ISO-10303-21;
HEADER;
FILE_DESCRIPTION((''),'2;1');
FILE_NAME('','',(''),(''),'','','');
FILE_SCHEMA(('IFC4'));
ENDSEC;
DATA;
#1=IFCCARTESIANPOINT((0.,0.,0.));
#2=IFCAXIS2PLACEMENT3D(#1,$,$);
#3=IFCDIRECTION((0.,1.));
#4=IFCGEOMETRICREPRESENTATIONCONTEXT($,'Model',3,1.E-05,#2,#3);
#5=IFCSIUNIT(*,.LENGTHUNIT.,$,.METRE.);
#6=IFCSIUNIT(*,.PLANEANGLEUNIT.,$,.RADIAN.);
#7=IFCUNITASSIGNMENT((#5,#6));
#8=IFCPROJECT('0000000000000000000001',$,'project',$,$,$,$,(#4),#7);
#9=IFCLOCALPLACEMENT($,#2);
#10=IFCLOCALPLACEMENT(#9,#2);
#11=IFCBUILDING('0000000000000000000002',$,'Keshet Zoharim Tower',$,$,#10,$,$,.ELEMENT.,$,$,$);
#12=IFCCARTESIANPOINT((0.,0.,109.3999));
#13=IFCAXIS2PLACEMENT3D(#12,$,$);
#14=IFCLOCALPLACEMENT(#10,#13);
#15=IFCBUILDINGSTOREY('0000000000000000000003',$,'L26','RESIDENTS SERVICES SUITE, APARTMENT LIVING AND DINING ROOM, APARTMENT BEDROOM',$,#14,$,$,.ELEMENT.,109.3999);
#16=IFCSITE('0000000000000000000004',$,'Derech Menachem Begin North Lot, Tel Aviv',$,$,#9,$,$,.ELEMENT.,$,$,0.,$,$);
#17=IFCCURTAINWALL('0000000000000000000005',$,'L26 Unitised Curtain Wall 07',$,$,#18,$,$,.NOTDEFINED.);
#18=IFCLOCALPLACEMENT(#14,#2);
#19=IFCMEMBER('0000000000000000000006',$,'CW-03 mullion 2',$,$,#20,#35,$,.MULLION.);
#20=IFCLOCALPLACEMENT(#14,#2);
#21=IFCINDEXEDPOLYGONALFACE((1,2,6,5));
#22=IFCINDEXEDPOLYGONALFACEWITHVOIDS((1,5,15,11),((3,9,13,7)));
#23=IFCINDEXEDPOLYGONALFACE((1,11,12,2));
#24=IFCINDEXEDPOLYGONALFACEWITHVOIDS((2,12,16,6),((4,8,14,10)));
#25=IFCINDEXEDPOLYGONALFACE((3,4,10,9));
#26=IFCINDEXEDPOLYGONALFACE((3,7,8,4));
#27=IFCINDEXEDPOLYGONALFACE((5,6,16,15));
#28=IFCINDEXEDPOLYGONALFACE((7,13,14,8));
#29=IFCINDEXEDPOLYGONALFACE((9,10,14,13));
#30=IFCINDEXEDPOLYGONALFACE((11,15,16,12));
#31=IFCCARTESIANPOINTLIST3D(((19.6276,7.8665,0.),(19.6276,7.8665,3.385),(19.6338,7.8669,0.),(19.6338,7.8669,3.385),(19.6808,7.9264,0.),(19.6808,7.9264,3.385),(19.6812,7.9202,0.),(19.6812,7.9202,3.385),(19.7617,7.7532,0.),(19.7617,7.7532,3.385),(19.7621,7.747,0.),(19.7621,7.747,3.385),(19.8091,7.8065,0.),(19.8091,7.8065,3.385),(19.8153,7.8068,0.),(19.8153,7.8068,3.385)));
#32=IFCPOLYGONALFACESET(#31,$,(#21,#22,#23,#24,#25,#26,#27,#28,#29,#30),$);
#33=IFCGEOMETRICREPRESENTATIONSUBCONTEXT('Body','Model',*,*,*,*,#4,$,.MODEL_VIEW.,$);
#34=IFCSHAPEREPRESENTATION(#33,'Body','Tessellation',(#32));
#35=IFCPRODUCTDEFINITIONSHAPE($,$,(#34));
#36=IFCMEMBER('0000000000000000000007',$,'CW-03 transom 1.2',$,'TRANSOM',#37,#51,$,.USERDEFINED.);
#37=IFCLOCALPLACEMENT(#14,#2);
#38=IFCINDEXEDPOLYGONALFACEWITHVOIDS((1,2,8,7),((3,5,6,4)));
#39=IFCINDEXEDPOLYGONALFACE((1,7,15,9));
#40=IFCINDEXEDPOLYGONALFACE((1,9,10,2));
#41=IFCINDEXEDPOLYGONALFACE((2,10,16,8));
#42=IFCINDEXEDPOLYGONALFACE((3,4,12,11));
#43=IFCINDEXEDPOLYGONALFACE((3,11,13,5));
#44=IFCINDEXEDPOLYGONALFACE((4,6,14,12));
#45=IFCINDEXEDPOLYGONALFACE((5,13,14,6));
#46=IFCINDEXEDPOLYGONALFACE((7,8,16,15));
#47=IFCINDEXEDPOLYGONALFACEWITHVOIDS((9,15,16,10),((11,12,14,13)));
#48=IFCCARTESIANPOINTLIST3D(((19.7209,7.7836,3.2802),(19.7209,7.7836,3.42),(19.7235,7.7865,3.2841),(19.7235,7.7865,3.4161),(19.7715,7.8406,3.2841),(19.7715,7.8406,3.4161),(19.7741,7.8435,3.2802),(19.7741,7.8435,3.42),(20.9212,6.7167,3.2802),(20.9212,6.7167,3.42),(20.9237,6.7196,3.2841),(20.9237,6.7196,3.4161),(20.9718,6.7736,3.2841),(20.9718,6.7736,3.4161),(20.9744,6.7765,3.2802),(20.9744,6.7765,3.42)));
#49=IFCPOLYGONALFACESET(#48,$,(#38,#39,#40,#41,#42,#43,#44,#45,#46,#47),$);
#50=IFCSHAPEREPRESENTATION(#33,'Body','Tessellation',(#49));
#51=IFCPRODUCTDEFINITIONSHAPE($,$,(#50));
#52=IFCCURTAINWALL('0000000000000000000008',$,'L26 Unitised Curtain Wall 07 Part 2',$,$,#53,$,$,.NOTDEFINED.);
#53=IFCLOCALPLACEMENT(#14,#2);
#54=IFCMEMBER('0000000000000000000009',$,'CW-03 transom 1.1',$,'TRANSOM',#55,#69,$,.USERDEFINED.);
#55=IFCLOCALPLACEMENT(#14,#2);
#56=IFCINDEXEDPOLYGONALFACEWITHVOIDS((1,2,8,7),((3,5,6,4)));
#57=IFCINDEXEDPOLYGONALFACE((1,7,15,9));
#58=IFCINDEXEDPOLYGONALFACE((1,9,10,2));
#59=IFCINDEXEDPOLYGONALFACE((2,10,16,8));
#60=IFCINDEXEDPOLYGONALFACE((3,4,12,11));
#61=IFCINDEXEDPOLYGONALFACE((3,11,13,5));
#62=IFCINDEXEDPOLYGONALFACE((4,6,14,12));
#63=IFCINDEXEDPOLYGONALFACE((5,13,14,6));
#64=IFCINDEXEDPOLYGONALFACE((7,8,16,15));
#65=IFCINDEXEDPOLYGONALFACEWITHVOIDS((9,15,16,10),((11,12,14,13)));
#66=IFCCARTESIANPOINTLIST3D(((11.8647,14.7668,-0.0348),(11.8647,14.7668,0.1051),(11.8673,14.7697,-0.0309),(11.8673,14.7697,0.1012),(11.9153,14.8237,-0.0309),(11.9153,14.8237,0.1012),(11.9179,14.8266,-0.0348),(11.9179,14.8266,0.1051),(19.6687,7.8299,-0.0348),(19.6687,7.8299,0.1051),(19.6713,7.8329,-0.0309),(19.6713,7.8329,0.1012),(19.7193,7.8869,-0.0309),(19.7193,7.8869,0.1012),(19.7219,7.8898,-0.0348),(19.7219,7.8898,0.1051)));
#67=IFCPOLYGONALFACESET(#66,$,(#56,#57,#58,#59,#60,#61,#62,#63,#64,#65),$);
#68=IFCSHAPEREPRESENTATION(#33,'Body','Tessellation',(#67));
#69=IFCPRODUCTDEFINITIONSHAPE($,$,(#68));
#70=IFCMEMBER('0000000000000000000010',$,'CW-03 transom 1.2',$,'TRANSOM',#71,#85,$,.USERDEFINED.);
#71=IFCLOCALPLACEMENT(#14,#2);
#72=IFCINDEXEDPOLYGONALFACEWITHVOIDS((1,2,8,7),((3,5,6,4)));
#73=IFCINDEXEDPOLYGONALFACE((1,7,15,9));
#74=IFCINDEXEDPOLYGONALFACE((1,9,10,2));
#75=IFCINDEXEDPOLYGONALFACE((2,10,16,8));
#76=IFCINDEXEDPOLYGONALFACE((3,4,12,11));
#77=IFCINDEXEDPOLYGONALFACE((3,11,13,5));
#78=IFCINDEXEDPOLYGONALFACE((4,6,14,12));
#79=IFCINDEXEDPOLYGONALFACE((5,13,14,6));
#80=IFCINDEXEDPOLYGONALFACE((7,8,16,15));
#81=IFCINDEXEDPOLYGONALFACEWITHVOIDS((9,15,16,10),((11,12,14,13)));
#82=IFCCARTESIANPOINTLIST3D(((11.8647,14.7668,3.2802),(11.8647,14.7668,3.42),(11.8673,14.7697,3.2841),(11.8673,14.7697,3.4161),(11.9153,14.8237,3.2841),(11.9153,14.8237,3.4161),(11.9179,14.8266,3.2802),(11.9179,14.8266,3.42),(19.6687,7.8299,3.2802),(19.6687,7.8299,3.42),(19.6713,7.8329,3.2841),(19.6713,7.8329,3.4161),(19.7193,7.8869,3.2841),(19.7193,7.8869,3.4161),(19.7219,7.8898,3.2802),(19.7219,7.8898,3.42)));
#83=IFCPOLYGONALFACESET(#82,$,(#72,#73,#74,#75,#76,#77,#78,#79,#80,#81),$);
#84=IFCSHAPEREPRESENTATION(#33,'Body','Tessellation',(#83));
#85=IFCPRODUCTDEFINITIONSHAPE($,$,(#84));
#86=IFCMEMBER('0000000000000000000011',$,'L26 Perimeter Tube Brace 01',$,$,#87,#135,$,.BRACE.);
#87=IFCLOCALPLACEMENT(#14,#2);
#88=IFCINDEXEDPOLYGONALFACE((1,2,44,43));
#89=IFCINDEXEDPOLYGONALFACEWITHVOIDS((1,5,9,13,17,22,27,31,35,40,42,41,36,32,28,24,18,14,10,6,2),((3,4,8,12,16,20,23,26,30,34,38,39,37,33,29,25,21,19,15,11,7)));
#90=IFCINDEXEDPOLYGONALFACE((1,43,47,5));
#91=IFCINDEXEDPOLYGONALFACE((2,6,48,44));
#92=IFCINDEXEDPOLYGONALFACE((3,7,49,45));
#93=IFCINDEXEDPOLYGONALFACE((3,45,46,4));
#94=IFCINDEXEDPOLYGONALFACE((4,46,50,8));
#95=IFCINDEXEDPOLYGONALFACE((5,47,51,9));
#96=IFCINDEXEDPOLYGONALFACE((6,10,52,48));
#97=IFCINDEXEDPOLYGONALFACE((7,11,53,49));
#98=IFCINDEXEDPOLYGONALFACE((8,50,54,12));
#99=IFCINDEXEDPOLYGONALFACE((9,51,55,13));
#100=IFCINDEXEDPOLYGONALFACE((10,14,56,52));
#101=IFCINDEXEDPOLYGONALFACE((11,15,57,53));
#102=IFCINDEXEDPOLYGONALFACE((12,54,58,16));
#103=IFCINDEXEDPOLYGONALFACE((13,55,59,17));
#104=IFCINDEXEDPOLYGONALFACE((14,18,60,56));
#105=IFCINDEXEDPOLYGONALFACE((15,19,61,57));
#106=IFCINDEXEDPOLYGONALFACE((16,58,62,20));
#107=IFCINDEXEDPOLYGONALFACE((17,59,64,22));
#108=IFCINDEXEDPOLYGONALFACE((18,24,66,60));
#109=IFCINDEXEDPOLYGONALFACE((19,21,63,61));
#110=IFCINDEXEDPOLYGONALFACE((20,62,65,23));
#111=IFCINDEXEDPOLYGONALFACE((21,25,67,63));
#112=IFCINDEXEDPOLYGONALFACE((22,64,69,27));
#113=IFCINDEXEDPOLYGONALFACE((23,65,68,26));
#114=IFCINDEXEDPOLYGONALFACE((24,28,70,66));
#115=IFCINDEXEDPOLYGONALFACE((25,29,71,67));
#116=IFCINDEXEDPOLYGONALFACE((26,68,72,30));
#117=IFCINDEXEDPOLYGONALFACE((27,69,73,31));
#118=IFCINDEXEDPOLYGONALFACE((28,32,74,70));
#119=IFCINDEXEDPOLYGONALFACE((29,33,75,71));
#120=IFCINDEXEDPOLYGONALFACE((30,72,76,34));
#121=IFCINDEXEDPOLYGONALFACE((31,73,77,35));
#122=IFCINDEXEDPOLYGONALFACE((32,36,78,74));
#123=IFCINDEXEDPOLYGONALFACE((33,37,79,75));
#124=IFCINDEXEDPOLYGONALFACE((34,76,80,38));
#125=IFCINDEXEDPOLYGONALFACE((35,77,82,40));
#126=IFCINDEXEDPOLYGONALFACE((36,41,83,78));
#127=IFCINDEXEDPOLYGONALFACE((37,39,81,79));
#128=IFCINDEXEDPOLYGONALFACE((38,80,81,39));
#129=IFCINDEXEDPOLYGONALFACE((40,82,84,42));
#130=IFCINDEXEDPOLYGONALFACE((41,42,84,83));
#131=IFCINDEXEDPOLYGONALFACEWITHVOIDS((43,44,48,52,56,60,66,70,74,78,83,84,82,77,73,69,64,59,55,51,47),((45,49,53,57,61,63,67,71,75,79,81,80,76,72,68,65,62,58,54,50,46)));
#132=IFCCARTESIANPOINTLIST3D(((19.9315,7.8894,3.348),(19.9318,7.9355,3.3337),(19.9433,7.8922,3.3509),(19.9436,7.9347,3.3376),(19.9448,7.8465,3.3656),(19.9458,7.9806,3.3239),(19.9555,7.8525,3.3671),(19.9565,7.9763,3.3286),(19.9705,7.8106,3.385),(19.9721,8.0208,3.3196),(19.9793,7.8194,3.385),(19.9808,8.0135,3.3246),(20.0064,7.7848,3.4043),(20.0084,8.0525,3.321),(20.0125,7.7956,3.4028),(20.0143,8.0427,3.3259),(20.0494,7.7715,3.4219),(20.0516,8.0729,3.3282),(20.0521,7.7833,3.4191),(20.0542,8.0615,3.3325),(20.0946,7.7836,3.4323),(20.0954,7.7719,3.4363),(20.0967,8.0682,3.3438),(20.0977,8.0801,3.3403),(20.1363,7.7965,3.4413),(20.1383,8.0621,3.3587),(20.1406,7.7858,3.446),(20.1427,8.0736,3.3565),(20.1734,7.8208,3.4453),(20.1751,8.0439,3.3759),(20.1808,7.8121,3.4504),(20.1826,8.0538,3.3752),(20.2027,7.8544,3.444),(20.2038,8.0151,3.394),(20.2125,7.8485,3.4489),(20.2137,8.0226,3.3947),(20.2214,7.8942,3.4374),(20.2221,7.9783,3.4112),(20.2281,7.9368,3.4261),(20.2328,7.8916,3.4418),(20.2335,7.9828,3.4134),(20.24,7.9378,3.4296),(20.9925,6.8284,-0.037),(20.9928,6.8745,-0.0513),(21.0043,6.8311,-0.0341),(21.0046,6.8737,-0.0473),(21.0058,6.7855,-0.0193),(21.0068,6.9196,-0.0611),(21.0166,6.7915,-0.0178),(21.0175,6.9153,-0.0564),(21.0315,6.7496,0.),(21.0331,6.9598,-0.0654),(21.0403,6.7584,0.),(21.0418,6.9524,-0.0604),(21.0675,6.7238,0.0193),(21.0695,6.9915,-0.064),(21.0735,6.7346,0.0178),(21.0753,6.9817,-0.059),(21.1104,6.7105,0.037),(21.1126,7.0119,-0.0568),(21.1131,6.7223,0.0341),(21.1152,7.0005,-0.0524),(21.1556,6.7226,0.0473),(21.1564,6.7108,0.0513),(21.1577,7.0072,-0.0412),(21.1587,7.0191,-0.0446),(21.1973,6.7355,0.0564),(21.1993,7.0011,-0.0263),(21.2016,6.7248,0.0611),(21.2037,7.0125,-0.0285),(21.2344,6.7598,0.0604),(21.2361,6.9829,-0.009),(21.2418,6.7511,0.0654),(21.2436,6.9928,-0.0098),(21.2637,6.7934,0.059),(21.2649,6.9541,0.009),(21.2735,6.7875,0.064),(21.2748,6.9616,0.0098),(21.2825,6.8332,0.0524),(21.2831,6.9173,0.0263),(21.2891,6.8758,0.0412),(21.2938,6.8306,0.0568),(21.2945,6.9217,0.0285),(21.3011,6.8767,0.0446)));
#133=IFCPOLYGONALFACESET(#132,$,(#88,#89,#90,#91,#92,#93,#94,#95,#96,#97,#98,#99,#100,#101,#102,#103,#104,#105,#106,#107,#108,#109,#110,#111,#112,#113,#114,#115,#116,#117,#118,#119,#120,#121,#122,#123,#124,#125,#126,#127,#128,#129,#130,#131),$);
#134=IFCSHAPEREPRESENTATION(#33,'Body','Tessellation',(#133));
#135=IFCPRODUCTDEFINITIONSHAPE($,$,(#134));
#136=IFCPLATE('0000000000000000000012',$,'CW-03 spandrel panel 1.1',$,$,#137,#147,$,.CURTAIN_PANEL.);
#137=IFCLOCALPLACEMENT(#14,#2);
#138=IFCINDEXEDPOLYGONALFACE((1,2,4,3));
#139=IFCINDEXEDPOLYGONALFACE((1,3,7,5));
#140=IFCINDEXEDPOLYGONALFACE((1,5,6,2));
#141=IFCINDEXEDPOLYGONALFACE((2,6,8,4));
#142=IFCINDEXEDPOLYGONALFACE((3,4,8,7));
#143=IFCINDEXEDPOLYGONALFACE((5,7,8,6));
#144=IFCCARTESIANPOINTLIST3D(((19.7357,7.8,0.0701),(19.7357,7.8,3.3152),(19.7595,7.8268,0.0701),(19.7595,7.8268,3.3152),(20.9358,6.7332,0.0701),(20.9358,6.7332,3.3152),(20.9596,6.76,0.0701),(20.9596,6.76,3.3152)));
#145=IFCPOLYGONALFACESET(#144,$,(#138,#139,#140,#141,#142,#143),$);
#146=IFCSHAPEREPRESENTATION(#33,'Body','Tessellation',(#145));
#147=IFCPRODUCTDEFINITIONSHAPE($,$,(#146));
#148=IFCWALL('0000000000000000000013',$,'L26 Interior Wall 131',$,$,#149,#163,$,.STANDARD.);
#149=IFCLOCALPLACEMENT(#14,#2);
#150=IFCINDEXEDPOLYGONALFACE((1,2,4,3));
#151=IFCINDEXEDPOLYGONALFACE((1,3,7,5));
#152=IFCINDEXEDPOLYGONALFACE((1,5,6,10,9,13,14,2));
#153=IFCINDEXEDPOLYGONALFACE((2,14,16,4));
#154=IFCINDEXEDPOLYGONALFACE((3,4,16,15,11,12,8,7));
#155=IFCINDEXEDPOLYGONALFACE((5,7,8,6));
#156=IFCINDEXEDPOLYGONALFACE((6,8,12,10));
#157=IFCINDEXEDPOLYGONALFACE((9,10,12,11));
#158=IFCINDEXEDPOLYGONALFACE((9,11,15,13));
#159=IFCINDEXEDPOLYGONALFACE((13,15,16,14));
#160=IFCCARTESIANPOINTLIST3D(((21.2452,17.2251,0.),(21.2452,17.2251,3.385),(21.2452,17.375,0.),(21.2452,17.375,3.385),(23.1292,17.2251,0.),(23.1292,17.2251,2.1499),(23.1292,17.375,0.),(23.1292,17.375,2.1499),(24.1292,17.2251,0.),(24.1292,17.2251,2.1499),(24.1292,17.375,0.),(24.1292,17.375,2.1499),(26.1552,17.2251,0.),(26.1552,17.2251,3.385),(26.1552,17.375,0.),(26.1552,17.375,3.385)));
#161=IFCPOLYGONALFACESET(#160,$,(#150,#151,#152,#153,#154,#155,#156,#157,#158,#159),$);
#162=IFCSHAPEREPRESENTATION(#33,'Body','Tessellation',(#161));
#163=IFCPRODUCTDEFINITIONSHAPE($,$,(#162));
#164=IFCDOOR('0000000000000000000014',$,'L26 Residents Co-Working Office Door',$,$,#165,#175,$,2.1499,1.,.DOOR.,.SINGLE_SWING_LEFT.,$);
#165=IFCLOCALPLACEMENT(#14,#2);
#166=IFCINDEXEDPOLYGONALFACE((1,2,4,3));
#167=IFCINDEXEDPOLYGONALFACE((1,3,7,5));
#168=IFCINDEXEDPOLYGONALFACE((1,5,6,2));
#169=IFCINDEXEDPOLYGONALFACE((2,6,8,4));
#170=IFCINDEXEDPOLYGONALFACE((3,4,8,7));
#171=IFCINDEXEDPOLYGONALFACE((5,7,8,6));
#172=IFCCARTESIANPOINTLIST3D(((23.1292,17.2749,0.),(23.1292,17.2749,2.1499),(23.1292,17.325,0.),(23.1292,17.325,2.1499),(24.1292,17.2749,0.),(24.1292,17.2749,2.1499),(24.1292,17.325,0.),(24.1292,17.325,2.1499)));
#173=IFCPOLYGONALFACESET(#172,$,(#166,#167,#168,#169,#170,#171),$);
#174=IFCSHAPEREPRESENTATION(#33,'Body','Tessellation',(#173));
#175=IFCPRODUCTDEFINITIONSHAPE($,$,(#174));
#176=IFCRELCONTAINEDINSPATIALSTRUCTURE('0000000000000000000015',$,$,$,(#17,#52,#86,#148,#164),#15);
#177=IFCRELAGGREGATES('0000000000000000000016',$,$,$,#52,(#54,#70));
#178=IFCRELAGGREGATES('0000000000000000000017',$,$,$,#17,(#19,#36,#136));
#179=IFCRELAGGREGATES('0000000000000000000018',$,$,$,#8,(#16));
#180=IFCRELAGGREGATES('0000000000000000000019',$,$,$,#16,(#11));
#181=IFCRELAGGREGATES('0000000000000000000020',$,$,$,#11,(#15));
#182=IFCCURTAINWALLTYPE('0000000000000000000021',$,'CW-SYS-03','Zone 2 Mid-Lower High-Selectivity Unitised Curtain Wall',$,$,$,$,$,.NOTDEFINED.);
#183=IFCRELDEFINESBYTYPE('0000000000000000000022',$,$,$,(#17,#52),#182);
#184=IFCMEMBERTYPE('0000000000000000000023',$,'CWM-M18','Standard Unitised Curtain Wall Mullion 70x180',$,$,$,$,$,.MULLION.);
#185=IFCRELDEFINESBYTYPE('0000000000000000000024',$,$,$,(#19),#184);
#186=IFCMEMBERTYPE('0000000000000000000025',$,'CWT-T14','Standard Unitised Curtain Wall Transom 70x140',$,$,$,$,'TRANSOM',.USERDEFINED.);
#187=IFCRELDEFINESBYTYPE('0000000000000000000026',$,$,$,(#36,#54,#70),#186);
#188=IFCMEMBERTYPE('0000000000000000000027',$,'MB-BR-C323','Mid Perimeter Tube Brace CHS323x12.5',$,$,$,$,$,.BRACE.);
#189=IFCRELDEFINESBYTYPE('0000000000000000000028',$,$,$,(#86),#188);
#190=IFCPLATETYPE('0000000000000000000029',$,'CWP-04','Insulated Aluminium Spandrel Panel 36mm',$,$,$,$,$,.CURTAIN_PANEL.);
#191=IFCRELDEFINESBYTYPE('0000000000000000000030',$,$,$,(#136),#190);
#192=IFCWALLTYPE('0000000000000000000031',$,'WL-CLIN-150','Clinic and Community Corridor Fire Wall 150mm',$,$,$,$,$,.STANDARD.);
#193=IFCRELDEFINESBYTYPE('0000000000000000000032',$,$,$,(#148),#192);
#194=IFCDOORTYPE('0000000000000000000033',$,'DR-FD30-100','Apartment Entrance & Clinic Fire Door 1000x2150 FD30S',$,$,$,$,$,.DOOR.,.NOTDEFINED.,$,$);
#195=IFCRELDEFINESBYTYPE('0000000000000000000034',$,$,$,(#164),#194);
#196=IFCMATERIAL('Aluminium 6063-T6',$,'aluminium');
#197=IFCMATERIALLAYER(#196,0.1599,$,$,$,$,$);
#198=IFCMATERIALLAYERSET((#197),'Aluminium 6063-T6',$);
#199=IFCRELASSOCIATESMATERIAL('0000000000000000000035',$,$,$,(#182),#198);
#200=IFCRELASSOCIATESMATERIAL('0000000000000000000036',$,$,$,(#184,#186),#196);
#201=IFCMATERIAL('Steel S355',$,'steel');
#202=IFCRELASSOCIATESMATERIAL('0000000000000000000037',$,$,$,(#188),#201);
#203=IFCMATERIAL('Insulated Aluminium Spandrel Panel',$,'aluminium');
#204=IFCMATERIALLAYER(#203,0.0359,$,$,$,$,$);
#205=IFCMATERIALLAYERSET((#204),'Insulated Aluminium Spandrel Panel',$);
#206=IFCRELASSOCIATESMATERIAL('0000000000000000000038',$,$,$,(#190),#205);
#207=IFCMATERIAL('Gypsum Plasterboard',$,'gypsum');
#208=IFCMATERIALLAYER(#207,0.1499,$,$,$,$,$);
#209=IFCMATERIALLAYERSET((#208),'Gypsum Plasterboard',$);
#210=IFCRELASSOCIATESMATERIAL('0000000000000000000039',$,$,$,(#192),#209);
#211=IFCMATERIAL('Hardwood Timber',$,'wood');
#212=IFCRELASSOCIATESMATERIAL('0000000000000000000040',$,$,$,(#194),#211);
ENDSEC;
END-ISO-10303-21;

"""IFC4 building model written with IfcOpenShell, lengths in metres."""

from ifc_helpers import new_model, si_unit, direction, frame, frame_2d, origin, origin_2d, place, context, subcontext, project, spatial, rectangle, hollow_rectangle, hollow_circle, extrude, material, layer, layer_set, material_profile, profile_set, type_object, element, fill, aggregate, save


model = new_model("IFC4")

# Units and contexts
model_context = context("Model", 3, precision=1e-05, world=origin(), true_north=direction((0.0, 1.0)))
body_context = subcontext(model_context, "Body", "Model", "MODEL_VIEW")
ifc_project = project(units=[si_unit("LENGTHUNIT", "METRE"), si_unit("PLANEANGLEUNIT", "RADIAN")], contexts=[model_context])

# Site, building, storey
site_placement = place(None, origin())
site = spatial("IfcSite", under=ifc_project, at=site_placement, Name="Derech Menachem Begin North Lot, Tel Aviv", CompositionType="ELEMENT", RefElevation=0.0)
building_placement = place(site_placement, origin())
building = spatial("IfcBuilding", under=site, at=building_placement, Name="Keshet Zoharim Tower", CompositionType="ELEMENT")
storey_placement = place(building_placement, frame((0.0, 0.0, 109.3999)))
storey = spatial("IfcBuildingStorey", under=building, at=storey_placement, Name="L26", Description="RESIDENTS SERVICES SUITE, APARTMENT LIVING AND DINING ROOM, APARTMENT BEDROOM", CompositionType="ELEMENT", Elevation=109.3999)

# Curtain walls, members
ifc_material_1 = material(Name="Aluminium 6063-T6", Category="aluminium")
ifc_layer_1 = layer(ifc_material_1, 0.1599)
ifc_layer_set_1 = layer_set([ifc_layer_1], Name="Aluminium 6063-T6")
curtain_wall_type = type_object("IfcCurtainWallType", Name="CW-SYS-03", Description="Zone 2 Mid-Lower High-Selectivity Unitised Curtain Wall", PredefinedType="NOTDEFINED", material=ifc_layer_set_1)
curtain_wall_1_placement = place(storey_placement, origin())
curtain_wall_1 = element("IfcCurtainWall", 1, at=curtain_wall_1_placement, inside=storey, type_object=curtain_wall_type, Name="L26 Unitised Curtain Wall 07", PredefinedType="NOTDEFINED")
ifc_material_profile_1 = material_profile(ifc_material_1, hollow_rectangle(XDim=0.0801, YDim=0.1799, WallThickness=0.0044, at=origin_2d()), Name="MUL-80x180")
ifc_profile_set_1 = profile_set([ifc_material_profile_1], Name="Aluminium 6063-T6")
member_type_1 = type_object("IfcMemberType", Name="CWM-M18", Description="Standard Unitised Curtain Wall Mullion 70x180", PredefinedType="MULLION", material=ifc_profile_set_1)
member_1_placement = place(storey_placement, frame((19.7214, 7.8367, 0.0), z_axis=(0.0, 0.0, 1.0), x_axis=(-0.664389, -0.747387, 0.0)))
member_1 = element("IfcMember", 2, at=member_1_placement, type_object=member_type_1, Name="CW-03 mullion 2", PredefinedType="MULLION", context=body_context, shape_type="SweptSolid", body=[
    extrude(hollow_rectangle(XDim=0.0801, YDim=0.1799, WallThickness=0.0044, at=origin_2d()), origin(), (0.0, 0.0, 1.0), 3.385),
])
ifc_material_profile_2 = material_profile(ifc_material_1, hollow_rectangle(XDim=0.0801, YDim=0.1399, WallThickness=0.0039, at=origin_2d()), Name="TRN-80x140")
ifc_profile_set_2 = profile_set([ifc_material_profile_2], Name="Aluminium 6063-T6")
member_type_2 = type_object("IfcMemberType", Name="CWT-T14", Description="Standard Unitised Curtain Wall Transom 70x140", ElementType="TRANSOM", PredefinedType="USERDEFINED", material=ifc_profile_set_2)
member_2_placement = place(storey_placement, frame((20.9478, 6.7466, 3.3501), z_axis=(-0.747393, 0.664383, 0.0), x_axis=(-0.664383, -0.747393, 0.0)))
member_2 = element("IfcMember", 3, at=member_2_placement, type_object=member_type_2, Name="CW-03 transom 1.2", ObjectType="TRANSOM", PredefinedType="USERDEFINED", context=body_context, shape_type="SweptSolid", body=[
    extrude(hollow_rectangle(XDim=0.0801, YDim=0.1399, WallThickness=0.0039, at=origin_2d()), origin(), (0.0, 0.0, 1.0), 1.606),
])
curtain_wall_2_placement = place(storey_placement, origin())
curtain_wall_2 = element("IfcCurtainWall", 4, at=curtain_wall_2_placement, inside=storey, type_object=curtain_wall_type, Name="L26 Unitised Curtain Wall 07 Part 2", PredefinedType="NOTDEFINED")
member_3_placement = place(storey_placement, frame((19.6953, 7.8599, 0.0352), z_axis=(-0.747413, 0.664359, 0.0), x_axis=(-0.664359, -0.747413, 0.0)))
member_3 = element("IfcMember", 5, at=member_3_placement, type_object=member_type_2, Name="CW-03 transom 1.1", ObjectType="TRANSOM", PredefinedType="USERDEFINED", context=body_context, shape_type="SweptSolid", body=[
    extrude(hollow_rectangle(XDim=0.0801, YDim=0.1399, WallThickness=0.0039, at=origin_2d()), origin(), (0.0, 0.0, 1.0), 10.4414),
])
member_4_placement = place(storey_placement, frame((19.6953, 7.8599, 3.3501), z_axis=(-0.747413, 0.664359, 0.0), x_axis=(-0.664359, -0.747413, 0.0)))
member_4 = element("IfcMember", 6, at=member_4_placement, type_object=member_type_2, Name="CW-03 transom 1.2", ObjectType="TRANSOM", PredefinedType="USERDEFINED", context=body_context, shape_type="SweptSolid", body=[
    extrude(hollow_rectangle(XDim=0.0801, YDim=0.1399, WallThickness=0.0039, at=origin_2d()), origin(), (0.0, 0.0, 1.0), 10.4414),
])
aggregate(curtain_wall_2, [member_3, member_4])

# Member
ifc_material_2 = material(Name="Steel S355", Category="steel")
ifc_material_profile_3 = material_profile(ifc_material_2, hollow_circle(Radius=0.1619, WallThickness=0.0125, at=origin_2d()), Name="CHS323x12.5")
ifc_profile_set_3 = profile_set([ifc_material_profile_3], Name="Steel S355")
member_type_3 = type_object("IfcMemberType", Name="MB-BR-C323", Description="Mid Perimeter Tube Brace CHS323x12.5", PredefinedType="BRACE", material=ifc_profile_set_3)
member_5_placement = place(storey_placement, frame((21.146, 6.864, 0.0), z_axis=(-0.286558, 0.286558, 0.914204), x_axis=(-0.707107, -0.707107, 0.0)))
element("IfcMember", 7, at=member_5_placement, inside=storey, type_object=member_type_3, Name="L26 Perimeter Tube Brace 01", PredefinedType="BRACE", context=body_context, shape_type="SweptSolid", body=[
    extrude(hollow_circle(Radius=0.1619, WallThickness=0.0125, at=origin_2d()), origin(), (0.0, 0.0, 1.0), 3.7026),
])

# Plate
ifc_material_3 = material(Name="Insulated Aluminium Spandrel Panel", Category="aluminium")
ifc_layer_2 = layer(ifc_material_3, 0.0359)
ifc_layer_set_2 = layer_set([ifc_layer_2], Name="Insulated Aluminium Spandrel Panel")
plate_type = type_object("IfcPlateType", Name="CWP-04", Description="Insulated Aluminium Spandrel Panel 36mm", PredefinedType="CURTAIN_PANEL", material=ifc_layer_set_2)
plate_placement = place(storey_placement, frame((20.3477, 7.28, 0.0701), z_axis=(0.0, 0.0, 1.0), x_axis=(-0.747387, 0.664389, 0.0)))
plate = element("IfcPlate", 8, at=plate_placement, type_object=plate_type, Name="CW-03 spandrel panel 1.1", PredefinedType="CURTAIN_PANEL", context=body_context, shape_type="SweptSolid", body=[
    extrude(rectangle(XDim=1.6057, YDim=0.0359, at=origin_2d()), origin(), (0.0, 0.0, 1.0), 3.2451),
])
aggregate(curtain_wall_1, [member_1, member_2, plate])

# Wall, opening, door
ifc_material_4 = material(Name="Gypsum Plasterboard", Category="gypsum")
ifc_layer_3 = layer(ifc_material_4, 0.1499)
ifc_layer_set_3 = layer_set([ifc_layer_3], Name="Gypsum Plasterboard")
wall_type_1 = type_object("IfcWallType", Name="WL-CLIN-150", Description="Clinic and Community Corridor Fire Wall 150mm", PredefinedType="STANDARD", material=ifc_layer_set_3)
wall_1_placement = place(storey_placement, frame((21.2451, 17.3, 0.0), z_axis=(0.0, 0.0, 1.0), x_axis=(1.0, 0.0, 0.0)))
wall_1 = element("IfcWall", 9, at=wall_1_placement, inside=storey, type_object=wall_type_1, Name="L26 Interior Wall 131", PredefinedType="STANDARD", context=body_context, shape_type="SweptSolid", body=[
    extrude(rectangle(XDim=4.9099, YDim=0.1499, at=frame_2d((2.4551, 0.0))), origin(), (0.0, 0.0, 1.0), 3.385),
])
opening_1_placement = place(wall_1_placement, frame((1.884, 0.0, 0.0)))
opening_1 = element("IfcOpeningElement", 10, at=opening_1_placement, cuts=wall_1, PredefinedType="OPENING", context=body_context, shape_type="SweptSolid", body=[
    extrude(rectangle(XDim=1.0, YDim=2.1499, at=frame_2d((0.5, 1.075))), frame((0.0, 0.085, 0.0), z_axis=(0.0, -1.0, 0.0), x_axis=(1.0, 0.0, 0.0)), (0.0, 0.0, 1.0), 0.1699),
])
ifc_material_5 = material(Name="Hardwood Timber", Category="wood")
door_type_1 = type_object("IfcDoorType", Name="DR-FD30-100", Description="Apartment Entrance & Clinic Fire Door 1000x2150 FD30S", OperationType="NOTDEFINED", PredefinedType="DOOR", material=ifc_material_5)
door_1_placement = place(opening_1_placement, origin())
door_1 = element("IfcDoor", 11, at=door_1_placement, inside=storey, type_object=door_type_1, Name="L26 Residents Co-Working Office Door", OperationType="SINGLE_SWING_LEFT", OverallHeight=2.1499, OverallWidth=1.0, PredefinedType="DOOR", context=body_context, shape_type="SweptSolid", body=[
    extrude(rectangle(XDim=1.0, YDim=2.1499, at=frame_2d((0.5, 1.075))), frame((0.0, 0.0249, 0.0), z_axis=(0.0, -1.0, 0.0), x_axis=(1.0, 0.0, 0.0)), (0.0, 0.0, 1.0), 0.05),
])
fill(opening_1, door_1)

save(model, "model.ifc")
